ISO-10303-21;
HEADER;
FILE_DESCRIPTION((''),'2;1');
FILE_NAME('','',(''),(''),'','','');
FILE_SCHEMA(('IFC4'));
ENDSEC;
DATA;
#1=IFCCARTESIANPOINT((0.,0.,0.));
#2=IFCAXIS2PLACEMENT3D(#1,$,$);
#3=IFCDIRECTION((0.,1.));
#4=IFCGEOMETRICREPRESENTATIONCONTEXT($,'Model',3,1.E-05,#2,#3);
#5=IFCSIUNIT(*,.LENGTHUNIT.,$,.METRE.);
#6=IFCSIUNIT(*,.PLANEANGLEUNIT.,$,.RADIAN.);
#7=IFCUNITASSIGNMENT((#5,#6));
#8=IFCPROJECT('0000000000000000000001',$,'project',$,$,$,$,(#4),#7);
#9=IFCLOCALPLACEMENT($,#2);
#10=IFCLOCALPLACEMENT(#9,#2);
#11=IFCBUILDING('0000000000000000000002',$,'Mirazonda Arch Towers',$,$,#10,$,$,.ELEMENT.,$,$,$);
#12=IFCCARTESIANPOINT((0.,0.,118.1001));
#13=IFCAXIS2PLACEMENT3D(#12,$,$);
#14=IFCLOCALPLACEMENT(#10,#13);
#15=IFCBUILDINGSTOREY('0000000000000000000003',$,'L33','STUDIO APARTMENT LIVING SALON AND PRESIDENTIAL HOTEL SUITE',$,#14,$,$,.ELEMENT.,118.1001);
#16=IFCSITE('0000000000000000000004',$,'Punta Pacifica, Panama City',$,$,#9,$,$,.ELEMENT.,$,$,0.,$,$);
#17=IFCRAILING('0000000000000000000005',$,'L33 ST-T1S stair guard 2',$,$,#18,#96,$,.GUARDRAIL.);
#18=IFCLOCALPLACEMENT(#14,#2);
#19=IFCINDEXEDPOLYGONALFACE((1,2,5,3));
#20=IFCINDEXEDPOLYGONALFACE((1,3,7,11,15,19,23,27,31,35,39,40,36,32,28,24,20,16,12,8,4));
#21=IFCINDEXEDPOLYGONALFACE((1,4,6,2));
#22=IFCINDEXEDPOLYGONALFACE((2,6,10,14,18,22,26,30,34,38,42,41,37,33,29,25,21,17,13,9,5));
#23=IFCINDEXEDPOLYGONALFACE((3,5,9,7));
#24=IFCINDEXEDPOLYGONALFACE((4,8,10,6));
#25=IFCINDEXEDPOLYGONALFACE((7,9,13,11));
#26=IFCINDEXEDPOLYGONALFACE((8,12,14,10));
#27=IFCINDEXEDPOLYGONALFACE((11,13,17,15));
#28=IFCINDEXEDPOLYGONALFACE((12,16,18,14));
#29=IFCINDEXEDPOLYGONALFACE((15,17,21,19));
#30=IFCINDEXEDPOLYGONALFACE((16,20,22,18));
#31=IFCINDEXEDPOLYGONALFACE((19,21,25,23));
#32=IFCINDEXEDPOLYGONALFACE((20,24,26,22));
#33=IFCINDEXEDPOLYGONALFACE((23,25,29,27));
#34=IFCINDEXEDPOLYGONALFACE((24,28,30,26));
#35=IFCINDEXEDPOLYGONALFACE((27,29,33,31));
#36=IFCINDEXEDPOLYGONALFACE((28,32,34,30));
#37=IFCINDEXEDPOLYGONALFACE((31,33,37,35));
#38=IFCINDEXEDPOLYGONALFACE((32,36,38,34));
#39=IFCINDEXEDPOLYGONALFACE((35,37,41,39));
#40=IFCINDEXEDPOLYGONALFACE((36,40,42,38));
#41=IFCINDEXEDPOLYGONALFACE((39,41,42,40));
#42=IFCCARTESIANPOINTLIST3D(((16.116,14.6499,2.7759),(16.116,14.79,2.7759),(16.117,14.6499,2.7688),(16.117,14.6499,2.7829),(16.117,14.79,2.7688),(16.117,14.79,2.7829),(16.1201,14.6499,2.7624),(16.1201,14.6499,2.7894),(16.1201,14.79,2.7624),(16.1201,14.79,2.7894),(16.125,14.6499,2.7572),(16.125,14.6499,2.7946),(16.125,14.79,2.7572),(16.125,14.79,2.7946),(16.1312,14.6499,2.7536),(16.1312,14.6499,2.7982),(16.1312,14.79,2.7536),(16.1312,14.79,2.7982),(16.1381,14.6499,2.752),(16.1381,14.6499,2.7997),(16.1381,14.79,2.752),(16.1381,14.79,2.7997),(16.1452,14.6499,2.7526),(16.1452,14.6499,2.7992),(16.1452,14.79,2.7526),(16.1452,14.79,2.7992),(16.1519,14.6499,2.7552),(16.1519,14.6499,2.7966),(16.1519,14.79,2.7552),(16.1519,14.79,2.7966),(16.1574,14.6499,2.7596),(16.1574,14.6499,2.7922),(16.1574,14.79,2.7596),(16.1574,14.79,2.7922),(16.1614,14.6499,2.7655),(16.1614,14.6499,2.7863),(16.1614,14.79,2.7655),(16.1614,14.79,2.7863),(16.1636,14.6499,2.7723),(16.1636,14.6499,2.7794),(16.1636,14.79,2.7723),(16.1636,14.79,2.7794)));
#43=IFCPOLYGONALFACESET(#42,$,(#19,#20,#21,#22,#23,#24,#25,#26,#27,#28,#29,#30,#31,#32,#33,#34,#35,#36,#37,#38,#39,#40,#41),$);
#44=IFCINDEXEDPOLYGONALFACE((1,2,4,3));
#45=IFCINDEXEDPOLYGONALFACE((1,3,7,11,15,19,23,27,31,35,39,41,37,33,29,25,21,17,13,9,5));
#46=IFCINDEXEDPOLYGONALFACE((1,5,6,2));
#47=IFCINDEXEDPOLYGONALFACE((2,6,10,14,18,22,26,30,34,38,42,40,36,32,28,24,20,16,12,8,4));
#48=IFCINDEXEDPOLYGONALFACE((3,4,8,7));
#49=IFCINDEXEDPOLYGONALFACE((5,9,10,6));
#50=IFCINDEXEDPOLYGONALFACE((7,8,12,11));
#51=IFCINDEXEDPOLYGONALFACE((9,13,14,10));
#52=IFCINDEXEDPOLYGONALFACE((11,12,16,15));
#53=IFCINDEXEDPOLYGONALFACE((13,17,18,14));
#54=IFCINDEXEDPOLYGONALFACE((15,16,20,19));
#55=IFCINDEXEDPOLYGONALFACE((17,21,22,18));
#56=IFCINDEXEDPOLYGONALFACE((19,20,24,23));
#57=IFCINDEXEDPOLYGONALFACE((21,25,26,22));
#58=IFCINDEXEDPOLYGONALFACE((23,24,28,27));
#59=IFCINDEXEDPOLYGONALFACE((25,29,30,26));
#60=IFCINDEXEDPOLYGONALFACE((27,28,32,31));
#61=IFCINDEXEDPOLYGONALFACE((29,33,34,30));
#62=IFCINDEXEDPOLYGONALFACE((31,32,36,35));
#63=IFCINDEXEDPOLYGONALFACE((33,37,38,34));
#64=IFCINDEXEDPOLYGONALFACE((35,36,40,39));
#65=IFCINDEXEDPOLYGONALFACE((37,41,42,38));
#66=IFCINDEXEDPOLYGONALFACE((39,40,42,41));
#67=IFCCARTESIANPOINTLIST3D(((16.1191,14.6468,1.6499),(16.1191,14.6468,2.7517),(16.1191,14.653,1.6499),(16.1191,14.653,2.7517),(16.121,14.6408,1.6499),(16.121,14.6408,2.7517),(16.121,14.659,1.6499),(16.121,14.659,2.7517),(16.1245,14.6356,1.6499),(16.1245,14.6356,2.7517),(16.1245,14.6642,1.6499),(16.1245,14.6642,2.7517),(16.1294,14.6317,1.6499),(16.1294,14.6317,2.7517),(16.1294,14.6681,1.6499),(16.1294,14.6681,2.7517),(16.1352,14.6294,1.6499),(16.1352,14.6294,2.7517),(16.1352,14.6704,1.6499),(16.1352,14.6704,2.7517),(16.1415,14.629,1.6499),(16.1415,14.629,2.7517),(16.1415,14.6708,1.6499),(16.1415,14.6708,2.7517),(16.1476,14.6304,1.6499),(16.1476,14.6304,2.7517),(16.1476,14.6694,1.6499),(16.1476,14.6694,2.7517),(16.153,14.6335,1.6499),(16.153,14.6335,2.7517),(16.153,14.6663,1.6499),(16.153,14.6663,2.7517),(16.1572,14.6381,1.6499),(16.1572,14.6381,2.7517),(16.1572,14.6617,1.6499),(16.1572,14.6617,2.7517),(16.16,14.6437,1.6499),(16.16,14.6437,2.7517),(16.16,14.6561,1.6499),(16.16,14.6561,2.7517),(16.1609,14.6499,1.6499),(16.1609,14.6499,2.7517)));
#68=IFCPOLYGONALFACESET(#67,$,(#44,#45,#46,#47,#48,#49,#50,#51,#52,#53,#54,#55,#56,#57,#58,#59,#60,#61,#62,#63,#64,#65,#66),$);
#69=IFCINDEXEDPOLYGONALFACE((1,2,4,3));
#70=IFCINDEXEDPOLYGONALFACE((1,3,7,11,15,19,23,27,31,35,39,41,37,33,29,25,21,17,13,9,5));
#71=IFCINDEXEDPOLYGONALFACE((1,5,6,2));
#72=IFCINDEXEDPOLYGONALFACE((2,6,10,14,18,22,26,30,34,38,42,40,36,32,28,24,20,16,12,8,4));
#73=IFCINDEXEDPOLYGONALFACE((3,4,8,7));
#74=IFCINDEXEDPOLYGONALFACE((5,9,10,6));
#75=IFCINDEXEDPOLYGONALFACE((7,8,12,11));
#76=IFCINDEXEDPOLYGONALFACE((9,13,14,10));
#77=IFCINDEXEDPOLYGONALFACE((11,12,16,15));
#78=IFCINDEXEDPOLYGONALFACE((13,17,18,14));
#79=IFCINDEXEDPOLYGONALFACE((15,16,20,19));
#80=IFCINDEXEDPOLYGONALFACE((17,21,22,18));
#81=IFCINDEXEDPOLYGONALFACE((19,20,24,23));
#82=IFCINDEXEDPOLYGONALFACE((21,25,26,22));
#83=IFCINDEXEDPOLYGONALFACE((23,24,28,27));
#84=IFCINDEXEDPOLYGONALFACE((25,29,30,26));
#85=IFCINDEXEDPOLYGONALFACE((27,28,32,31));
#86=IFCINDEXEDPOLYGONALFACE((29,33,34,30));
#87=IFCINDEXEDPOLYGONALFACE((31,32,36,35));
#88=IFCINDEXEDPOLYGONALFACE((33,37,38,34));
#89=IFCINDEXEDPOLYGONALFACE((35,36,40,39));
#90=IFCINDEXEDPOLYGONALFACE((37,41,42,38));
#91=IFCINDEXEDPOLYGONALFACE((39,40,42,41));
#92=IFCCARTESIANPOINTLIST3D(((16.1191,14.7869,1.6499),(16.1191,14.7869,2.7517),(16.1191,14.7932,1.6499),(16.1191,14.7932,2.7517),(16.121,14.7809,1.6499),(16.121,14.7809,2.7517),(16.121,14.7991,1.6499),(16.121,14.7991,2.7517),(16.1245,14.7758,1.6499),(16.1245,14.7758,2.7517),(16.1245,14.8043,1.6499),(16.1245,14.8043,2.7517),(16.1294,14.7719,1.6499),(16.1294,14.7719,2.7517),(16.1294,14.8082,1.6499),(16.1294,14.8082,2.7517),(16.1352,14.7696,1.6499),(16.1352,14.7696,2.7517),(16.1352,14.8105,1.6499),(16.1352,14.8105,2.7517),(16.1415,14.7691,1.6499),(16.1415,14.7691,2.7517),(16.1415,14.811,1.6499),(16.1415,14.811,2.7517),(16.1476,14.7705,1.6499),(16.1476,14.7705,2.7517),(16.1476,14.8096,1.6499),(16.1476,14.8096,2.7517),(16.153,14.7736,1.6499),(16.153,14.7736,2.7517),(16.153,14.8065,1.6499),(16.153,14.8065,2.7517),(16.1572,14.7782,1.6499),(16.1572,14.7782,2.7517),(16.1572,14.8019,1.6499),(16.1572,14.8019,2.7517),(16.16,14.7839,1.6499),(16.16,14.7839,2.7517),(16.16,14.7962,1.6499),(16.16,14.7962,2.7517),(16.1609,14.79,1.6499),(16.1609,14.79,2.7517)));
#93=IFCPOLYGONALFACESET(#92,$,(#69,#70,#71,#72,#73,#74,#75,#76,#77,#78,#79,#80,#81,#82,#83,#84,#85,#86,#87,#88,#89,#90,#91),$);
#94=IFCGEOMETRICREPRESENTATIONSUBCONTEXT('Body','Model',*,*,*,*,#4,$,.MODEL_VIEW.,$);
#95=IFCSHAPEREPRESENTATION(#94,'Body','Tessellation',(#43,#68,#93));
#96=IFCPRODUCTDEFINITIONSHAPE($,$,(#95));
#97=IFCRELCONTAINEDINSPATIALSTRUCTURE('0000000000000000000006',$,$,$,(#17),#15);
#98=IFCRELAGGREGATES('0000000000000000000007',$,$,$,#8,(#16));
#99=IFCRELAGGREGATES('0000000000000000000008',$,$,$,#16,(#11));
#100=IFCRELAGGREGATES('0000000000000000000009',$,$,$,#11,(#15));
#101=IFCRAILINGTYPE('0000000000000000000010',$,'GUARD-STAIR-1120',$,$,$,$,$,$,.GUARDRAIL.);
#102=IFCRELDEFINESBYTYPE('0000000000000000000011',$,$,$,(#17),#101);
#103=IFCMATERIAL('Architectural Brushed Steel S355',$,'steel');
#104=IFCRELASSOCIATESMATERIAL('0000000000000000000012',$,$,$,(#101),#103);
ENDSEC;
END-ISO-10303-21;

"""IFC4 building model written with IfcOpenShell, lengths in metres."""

from ifc_helpers import new_model, si_unit, direction, frame, origin, origin_2d, place, context, subcontext, project, spatial, circle, extrude, material, type_object, element, save


model = new_model("IFC4")

# Units and contexts
model_context = context("Model", 3, precision=1e-05, world=origin(), true_north=direction((0.0, 1.0)))
body_context = subcontext(model_context, "Body", "Model", "MODEL_VIEW")
ifc_project = project(units=[si_unit("LENGTHUNIT", "METRE"), si_unit("PLANEANGLEUNIT", "RADIAN")], contexts=[model_context])

# Site, building, storey
site_placement = place(None, origin())
site = spatial("IfcSite", under=ifc_project, at=site_placement, Name="Punta Pacifica, Panama City", CompositionType="ELEMENT", RefElevation=0.0)
building_placement = place(site_placement, origin())
building = spatial("IfcBuilding", under=site, at=building_placement, Name="Mirazonda Arch Towers", CompositionType="ELEMENT")
storey_placement = place(building_placement, frame((0.0, 0.0, 118.1001)))
storey = spatial("IfcBuildingStorey", under=building, at=storey_placement, Name="L33", Description="STUDIO APARTMENT LIVING SALON AND PRESIDENTIAL HOTEL SUITE", CompositionType="ELEMENT", Elevation=118.1001)

# Shared definitions
ifc_material_1 = material(Name="Architectural Brushed Steel S355", Category="steel")

# Railing
railing_type_1 = type_object("IfcRailingType", Name="GUARD-STAIR-1120", PredefinedType="GUARDRAIL", material=ifc_material_1)
railing_1_placement = place(storey_placement, frame((16.1399, 14.6499, 1.6499)))
element("IfcRailing", 1, at=railing_1_placement, inside=storey, type_object=railing_type_1, Name="L33 ST-T1S stair guard 2", PredefinedType="GUARDRAIL", context=body_context, shape_type="SweptSolid", body=[
    extrude(circle(Radius=0.0239, at=origin_2d()), frame((0.0, 0.0, 1.126), z_axis=(0.0, 1.0, 0.0), x_axis=(-1.0, 0.0, 0.0)), (0.0, 0.0, 1.0), 0.1401),
    extrude(circle(Radius=0.021, at=origin_2d()), origin(), (0.0, 0.0, 1.0), 1.1018),
    extrude(circle(Radius=0.021, at=origin_2d()), frame((0.0, 0.1401, 0.0)), (0.0, 0.0, 1.0), 1.1018),
])

save(model, "model.ifc")
